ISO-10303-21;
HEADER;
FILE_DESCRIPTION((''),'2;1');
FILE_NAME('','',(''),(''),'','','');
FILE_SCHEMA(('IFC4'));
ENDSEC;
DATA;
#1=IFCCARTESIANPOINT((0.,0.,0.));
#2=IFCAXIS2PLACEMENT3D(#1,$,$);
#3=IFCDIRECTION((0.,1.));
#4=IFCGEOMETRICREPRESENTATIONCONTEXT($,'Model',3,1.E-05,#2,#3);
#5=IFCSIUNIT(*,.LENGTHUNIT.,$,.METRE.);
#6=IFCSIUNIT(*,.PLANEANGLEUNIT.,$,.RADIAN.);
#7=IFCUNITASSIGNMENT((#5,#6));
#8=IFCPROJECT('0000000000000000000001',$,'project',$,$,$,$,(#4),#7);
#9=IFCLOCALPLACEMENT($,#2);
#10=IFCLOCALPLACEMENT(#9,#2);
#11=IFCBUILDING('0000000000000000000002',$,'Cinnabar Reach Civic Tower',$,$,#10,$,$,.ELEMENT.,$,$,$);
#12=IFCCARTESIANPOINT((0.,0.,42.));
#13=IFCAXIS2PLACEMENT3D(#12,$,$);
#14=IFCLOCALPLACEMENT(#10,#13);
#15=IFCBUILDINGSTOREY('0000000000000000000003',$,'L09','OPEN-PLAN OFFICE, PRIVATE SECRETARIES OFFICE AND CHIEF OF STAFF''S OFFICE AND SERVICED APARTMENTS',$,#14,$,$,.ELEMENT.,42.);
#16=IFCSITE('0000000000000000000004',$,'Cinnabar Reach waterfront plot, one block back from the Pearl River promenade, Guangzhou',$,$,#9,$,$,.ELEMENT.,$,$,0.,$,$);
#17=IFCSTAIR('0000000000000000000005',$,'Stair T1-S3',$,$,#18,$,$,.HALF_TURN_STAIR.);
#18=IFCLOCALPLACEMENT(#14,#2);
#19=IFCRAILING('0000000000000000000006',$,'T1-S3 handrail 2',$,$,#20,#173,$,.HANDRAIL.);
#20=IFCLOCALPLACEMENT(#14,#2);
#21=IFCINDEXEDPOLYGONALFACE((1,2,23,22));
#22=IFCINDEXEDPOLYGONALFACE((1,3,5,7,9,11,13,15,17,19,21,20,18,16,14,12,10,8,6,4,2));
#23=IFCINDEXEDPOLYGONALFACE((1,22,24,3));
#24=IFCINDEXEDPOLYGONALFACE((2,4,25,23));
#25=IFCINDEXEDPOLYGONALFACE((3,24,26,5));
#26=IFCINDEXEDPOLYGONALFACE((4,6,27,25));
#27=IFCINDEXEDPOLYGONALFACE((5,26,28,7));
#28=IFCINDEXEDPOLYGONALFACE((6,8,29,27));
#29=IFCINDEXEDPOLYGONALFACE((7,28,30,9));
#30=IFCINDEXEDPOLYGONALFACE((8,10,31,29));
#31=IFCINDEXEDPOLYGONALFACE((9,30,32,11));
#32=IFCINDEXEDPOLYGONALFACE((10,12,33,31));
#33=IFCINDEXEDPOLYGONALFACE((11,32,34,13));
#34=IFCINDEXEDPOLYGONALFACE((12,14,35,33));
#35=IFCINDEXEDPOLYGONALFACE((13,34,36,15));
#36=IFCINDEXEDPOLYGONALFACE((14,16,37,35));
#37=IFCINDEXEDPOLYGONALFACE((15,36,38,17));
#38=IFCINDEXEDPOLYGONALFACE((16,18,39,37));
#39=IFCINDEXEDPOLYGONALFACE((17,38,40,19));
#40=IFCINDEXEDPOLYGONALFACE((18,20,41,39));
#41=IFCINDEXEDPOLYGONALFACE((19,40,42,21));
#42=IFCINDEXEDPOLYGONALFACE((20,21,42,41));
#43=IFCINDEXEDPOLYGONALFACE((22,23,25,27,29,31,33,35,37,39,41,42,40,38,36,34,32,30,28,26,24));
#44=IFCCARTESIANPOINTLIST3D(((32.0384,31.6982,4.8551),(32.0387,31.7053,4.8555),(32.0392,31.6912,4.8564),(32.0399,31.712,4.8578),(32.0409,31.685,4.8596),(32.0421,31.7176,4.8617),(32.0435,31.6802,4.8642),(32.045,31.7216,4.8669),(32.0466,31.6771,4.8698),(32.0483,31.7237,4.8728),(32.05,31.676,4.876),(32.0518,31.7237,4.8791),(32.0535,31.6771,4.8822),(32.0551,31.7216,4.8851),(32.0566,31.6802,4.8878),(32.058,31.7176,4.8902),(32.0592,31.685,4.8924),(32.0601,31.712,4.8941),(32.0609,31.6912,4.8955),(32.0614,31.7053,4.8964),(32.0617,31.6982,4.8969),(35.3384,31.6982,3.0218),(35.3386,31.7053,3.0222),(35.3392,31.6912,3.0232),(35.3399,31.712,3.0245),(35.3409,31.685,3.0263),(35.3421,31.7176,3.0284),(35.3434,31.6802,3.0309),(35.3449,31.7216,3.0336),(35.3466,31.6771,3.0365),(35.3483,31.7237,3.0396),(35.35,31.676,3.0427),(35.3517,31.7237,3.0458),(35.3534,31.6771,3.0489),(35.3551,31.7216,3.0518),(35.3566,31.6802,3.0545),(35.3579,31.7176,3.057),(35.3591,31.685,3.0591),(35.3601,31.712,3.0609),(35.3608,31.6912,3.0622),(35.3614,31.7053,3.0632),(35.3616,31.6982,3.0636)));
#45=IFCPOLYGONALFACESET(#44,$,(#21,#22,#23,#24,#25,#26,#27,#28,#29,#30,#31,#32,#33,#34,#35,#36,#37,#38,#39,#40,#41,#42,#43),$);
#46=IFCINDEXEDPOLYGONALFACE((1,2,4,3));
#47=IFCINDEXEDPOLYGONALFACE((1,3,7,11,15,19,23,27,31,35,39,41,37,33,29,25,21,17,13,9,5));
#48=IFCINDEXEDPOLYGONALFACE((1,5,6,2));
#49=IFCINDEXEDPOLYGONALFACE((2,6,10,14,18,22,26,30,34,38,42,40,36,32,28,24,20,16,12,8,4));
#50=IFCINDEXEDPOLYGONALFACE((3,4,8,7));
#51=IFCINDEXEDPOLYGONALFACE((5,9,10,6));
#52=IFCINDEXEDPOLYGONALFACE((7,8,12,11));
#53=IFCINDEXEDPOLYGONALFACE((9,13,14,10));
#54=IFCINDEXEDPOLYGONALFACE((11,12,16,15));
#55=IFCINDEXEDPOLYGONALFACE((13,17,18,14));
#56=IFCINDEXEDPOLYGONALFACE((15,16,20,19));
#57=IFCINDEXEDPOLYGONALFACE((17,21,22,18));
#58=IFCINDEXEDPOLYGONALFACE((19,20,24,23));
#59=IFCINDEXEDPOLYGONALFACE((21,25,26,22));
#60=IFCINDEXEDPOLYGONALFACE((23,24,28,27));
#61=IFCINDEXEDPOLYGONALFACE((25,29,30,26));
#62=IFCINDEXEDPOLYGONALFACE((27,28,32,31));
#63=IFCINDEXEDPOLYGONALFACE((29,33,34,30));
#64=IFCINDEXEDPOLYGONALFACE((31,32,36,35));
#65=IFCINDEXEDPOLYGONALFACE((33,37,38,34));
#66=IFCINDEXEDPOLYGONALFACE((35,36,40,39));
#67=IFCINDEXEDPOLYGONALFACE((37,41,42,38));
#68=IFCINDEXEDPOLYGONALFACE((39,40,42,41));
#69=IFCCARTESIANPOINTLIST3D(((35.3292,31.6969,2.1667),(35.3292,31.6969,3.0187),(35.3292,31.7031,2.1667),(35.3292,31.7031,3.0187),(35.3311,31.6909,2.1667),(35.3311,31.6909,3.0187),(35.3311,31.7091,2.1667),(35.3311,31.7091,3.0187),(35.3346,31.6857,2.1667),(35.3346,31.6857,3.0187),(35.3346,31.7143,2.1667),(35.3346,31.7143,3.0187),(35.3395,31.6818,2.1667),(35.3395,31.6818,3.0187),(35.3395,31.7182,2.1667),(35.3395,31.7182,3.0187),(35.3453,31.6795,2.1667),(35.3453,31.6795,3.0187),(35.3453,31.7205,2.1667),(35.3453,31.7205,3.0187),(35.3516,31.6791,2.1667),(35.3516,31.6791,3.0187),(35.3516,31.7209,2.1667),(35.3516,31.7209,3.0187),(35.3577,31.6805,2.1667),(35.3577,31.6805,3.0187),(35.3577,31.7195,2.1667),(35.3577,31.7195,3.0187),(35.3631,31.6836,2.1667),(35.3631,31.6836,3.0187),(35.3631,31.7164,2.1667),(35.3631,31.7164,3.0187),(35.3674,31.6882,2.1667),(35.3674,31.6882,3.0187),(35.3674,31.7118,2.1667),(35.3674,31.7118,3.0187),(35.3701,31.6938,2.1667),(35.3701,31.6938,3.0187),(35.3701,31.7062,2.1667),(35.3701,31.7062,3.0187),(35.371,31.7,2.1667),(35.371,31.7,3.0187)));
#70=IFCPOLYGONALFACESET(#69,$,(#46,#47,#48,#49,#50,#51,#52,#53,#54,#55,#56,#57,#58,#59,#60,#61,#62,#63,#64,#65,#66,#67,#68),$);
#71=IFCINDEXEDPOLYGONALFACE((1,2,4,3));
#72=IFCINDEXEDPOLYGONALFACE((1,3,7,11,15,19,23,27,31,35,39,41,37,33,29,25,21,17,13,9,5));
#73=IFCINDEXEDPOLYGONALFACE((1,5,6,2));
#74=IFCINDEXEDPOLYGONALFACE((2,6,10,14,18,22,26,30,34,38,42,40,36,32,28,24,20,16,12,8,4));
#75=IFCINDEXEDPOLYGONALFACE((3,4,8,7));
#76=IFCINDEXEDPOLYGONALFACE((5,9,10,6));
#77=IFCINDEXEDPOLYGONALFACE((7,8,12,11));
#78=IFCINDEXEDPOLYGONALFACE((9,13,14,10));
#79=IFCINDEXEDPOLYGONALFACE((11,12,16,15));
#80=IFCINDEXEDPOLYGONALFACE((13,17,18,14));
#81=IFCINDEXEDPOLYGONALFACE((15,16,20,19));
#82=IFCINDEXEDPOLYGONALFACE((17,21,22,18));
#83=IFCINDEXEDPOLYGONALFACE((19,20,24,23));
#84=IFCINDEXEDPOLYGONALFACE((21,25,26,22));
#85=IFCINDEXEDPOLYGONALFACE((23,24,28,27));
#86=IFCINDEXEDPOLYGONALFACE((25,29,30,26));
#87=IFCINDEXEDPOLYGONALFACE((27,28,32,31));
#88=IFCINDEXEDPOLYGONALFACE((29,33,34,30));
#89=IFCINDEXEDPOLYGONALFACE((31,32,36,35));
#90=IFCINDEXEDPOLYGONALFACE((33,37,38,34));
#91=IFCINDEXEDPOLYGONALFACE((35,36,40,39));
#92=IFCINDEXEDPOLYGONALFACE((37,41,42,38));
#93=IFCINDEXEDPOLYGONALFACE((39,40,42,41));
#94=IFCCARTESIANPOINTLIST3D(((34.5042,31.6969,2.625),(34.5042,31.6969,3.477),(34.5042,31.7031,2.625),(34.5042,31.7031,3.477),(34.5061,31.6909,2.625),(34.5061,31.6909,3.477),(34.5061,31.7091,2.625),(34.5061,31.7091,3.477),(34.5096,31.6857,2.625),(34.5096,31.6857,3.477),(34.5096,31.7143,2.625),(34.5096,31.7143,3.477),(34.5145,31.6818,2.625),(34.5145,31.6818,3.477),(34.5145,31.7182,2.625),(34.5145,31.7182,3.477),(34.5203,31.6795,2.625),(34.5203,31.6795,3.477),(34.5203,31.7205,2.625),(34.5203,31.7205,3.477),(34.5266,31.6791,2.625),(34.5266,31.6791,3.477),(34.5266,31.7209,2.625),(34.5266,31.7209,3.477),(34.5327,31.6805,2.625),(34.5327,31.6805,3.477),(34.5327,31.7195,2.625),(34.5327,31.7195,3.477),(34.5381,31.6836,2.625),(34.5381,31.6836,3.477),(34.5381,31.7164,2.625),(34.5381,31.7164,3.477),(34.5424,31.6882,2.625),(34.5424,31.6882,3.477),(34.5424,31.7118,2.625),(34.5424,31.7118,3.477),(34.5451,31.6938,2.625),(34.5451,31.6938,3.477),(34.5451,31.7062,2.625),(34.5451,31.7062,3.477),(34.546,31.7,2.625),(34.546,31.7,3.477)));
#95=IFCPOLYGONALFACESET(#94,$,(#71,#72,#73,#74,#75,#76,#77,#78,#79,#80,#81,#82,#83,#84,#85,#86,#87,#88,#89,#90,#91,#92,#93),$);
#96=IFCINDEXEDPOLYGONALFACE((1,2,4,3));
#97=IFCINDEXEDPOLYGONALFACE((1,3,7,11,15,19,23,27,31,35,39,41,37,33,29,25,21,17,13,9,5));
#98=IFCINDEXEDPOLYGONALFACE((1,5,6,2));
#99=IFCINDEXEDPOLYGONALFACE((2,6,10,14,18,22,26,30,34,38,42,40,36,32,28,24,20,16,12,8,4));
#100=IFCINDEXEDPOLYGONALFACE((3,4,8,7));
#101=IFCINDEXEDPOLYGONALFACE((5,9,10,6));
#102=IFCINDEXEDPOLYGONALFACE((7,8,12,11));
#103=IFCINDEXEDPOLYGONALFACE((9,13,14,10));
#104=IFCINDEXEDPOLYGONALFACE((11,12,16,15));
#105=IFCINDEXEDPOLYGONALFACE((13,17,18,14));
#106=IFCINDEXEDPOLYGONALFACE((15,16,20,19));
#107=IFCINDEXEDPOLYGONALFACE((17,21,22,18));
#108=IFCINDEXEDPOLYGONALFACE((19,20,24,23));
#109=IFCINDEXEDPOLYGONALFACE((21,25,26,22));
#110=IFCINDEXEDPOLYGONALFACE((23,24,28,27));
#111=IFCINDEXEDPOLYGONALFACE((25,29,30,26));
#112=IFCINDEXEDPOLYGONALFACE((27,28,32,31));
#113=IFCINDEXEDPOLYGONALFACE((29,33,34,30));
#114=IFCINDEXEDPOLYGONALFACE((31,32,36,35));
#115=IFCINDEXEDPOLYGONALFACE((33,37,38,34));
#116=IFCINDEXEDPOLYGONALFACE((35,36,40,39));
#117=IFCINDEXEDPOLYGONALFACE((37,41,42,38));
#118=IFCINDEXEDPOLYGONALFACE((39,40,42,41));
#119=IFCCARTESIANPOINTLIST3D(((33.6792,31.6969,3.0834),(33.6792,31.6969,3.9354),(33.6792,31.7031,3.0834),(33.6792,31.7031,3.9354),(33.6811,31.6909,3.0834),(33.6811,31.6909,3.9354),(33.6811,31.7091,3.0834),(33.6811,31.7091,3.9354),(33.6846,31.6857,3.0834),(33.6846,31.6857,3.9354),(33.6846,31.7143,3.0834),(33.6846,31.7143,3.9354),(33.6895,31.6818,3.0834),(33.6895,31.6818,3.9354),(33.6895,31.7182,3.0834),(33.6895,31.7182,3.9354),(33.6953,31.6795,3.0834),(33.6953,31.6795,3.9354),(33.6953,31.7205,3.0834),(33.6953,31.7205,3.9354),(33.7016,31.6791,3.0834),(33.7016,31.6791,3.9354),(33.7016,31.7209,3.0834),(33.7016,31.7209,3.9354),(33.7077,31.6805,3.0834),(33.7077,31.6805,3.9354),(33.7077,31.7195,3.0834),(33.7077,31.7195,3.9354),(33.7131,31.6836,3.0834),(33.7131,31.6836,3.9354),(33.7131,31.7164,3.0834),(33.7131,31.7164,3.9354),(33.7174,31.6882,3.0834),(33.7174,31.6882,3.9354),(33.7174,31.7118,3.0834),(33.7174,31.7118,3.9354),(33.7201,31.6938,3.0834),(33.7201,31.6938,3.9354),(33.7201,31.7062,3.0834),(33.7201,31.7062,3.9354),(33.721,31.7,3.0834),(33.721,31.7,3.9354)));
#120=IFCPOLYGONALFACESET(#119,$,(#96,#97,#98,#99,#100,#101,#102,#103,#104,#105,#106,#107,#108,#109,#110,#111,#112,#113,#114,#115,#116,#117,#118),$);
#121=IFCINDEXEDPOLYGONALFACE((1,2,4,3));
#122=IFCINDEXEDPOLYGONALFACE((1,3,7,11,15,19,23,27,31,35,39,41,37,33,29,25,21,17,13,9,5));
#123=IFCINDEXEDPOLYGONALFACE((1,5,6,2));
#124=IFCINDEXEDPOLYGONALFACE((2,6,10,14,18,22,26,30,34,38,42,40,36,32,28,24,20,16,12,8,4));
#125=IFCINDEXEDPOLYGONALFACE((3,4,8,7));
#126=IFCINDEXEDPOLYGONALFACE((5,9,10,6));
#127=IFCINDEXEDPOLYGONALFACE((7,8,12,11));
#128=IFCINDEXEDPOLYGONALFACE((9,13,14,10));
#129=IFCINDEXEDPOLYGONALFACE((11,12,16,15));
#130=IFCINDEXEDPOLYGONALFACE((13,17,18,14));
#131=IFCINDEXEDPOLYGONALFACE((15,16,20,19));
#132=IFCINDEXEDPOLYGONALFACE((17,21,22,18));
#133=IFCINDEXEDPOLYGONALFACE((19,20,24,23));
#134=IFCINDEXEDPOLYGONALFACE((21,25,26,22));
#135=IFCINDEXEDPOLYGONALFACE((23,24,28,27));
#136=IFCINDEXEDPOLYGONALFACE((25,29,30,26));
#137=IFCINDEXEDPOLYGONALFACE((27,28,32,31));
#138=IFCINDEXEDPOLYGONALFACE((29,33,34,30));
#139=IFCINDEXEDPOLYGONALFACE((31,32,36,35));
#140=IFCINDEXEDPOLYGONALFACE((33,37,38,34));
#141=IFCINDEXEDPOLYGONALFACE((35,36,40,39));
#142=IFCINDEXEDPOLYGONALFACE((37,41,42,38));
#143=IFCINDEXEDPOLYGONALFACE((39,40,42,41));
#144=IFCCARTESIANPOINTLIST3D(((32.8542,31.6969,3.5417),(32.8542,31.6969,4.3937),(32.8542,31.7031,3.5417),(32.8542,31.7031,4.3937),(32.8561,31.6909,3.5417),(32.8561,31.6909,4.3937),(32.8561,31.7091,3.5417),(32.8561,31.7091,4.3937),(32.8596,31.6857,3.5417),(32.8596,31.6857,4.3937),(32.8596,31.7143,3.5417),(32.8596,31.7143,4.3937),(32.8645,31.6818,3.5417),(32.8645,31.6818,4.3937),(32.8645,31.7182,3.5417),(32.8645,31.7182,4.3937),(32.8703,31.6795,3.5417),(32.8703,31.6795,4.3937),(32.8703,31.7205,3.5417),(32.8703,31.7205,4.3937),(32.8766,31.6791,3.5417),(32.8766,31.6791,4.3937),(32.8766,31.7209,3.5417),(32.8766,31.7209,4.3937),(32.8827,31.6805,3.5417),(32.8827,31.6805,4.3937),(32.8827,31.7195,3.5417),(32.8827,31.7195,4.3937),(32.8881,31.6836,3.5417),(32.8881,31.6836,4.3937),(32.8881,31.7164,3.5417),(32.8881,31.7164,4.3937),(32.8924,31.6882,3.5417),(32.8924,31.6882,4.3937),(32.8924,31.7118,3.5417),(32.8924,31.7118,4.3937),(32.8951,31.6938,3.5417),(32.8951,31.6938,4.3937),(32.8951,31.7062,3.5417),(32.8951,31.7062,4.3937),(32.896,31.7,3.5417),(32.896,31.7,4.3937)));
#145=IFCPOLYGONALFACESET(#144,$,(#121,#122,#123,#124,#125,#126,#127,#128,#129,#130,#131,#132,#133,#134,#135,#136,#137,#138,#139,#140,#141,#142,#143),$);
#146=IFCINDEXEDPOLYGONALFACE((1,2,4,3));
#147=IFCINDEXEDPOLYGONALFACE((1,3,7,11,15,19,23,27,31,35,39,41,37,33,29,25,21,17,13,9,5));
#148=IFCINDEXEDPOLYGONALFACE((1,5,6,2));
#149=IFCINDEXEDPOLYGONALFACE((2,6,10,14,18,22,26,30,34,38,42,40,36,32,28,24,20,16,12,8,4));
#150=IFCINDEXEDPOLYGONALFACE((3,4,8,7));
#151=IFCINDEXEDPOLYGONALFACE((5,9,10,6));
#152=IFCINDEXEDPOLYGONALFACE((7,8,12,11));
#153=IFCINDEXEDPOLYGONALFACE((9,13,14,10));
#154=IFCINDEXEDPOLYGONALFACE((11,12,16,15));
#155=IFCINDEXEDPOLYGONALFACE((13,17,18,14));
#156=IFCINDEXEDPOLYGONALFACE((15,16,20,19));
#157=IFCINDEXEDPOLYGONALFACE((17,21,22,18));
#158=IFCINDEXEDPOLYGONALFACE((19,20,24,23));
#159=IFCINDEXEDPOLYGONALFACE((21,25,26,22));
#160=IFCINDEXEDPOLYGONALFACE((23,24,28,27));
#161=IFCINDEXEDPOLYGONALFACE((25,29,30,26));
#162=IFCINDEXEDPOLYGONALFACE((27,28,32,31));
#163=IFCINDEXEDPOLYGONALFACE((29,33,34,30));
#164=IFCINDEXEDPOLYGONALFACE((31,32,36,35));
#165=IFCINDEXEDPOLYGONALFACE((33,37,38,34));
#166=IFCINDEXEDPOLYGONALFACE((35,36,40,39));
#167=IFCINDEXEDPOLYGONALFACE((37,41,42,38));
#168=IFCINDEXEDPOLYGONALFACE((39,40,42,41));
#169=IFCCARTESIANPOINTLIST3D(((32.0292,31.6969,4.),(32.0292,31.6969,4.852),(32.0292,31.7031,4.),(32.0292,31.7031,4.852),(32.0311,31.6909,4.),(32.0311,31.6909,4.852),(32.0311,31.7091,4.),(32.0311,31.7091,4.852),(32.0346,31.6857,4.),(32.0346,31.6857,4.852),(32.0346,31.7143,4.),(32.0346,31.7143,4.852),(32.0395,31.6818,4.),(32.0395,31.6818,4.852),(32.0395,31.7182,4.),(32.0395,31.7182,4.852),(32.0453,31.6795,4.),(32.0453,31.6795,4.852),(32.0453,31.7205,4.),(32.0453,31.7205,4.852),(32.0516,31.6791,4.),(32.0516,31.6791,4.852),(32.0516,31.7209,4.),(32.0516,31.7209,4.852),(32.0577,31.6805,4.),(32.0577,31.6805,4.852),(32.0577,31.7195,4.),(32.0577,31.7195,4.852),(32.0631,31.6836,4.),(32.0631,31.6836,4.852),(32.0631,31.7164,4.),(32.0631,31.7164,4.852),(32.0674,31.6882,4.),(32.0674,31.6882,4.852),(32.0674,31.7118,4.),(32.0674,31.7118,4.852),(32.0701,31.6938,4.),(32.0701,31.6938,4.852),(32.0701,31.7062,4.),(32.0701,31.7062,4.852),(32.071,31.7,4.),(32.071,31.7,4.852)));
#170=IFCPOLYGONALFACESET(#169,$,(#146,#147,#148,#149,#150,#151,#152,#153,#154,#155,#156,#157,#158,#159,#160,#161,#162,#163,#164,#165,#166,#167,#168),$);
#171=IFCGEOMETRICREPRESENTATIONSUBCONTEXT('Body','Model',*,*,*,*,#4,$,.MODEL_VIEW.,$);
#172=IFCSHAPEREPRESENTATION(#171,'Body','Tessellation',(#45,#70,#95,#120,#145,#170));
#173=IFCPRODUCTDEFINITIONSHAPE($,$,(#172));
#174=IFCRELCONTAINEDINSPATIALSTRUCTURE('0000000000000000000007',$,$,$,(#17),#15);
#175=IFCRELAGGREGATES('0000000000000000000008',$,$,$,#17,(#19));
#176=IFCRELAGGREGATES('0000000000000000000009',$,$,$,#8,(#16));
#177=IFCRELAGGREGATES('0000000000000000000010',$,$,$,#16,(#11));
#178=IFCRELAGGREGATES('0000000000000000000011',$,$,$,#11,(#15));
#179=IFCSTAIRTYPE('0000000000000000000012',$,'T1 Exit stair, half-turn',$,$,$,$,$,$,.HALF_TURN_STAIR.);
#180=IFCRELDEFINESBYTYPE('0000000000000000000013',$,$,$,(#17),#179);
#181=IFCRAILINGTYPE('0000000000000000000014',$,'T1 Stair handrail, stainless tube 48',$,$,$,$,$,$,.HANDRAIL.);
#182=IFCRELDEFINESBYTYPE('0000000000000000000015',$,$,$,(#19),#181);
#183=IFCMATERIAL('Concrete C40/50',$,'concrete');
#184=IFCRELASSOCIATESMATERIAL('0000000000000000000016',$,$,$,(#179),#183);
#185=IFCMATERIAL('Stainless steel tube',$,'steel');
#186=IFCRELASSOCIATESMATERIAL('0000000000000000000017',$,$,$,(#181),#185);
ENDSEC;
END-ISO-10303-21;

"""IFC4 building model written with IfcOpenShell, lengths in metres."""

from ifc_helpers import new_model, si_unit, direction, frame, origin, origin_2d, place, context, subcontext, project, spatial, circle, extrude, material, type_object, element, aggregate, save


model = new_model("IFC4")

# Units and contexts
model_context = context("Model", 3, precision=1e-05, world=origin(), true_north=direction((0.0, 1.0)))
body_context = subcontext(model_context, "Body", "Model", "MODEL_VIEW")
ifc_project = project(units=[si_unit("LENGTHUNIT", "METRE"), si_unit("PLANEANGLEUNIT", "RADIAN")], contexts=[model_context])

# Site, building, storey
site_placement = place(None, origin())
site = spatial("IfcSite", under=ifc_project, at=site_placement, Name="Cinnabar Reach waterfront plot, one block back from the Pearl River promenade, Guangzhou", CompositionType="ELEMENT", RefElevation=0.0)
building_placement = place(site_placement, origin())
building = spatial("IfcBuilding", under=site, at=building_placement, Name="Cinnabar Reach Civic Tower", CompositionType="ELEMENT")
storey_placement = place(building_placement, frame((0.0, 0.0, 42.0)))
storey = spatial("IfcBuildingStorey", under=building, at=storey_placement, Name="L09", Description="OPEN-PLAN OFFICE, PRIVATE SECRETARIES OFFICE AND CHIEF OF STAFF'S OFFICE AND SERVICED APARTMENTS", CompositionType="ELEMENT", Elevation=42.0)

# Stair, railing
ifc_material_1 = material(Name="Concrete C40/50", Category="concrete")
stair_type = type_object("IfcStairType", Name="T1 Exit stair, half-turn", PredefinedType="HALF_TURN_STAIR", material=ifc_material_1)
stair_placement = place(storey_placement, origin())
stair = element("IfcStair", 1, at=stair_placement, inside=storey, type_object=stair_type, Name="Stair T1-S3", PredefinedType="HALF_TURN_STAIR")
ifc_material_2 = material(Name="Stainless steel tube", Category="steel")
railing_type = type_object("IfcRailingType", Name="T1 Stair handrail, stainless tube 48", PredefinedType="HANDRAIL", material=ifc_material_2)
railing_1_placement = place(storey_placement, frame((35.35, 31.7, 2.1667)))
railing_1 = element("IfcRailing", 2, at=railing_1_placement, type_object=railing_type, Name="T1-S3 handrail 2", PredefinedType="HANDRAIL", context=body_context, shape_type="SweptSolid", body=[
    extrude(circle(Radius=0.024, at=origin_2d()), frame((0.0, 0.0, 0.876), z_axis=(-0.874161, 0.0, 0.485636), x_axis=(0.0, -1.0, 0.0)), (0.0, 0.0, 1.0), 3.775),
    extrude(circle(Radius=0.021, at=origin_2d()), origin(), (0.0, 0.0, 1.0), 0.852),
    extrude(circle(Radius=0.021, at=origin_2d()), frame((-0.825, 0.0, 0.4583)), (0.0, 0.0, 1.0), 0.852),
    extrude(circle(Radius=0.021, at=origin_2d()), frame((-1.65, 0.0, 0.9167)), (0.0, 0.0, 1.0), 0.852),
    extrude(circle(Radius=0.021, at=origin_2d()), frame((-2.475, 0.0, 1.375)), (0.0, 0.0, 1.0), 0.852),
    extrude(circle(Radius=0.021, at=origin_2d()), frame((-3.3, 0.0, 1.8333)), (0.0, 0.0, 1.0), 0.852),
])
aggregate(stair, [railing_1])

save(model, "model.ifc")
